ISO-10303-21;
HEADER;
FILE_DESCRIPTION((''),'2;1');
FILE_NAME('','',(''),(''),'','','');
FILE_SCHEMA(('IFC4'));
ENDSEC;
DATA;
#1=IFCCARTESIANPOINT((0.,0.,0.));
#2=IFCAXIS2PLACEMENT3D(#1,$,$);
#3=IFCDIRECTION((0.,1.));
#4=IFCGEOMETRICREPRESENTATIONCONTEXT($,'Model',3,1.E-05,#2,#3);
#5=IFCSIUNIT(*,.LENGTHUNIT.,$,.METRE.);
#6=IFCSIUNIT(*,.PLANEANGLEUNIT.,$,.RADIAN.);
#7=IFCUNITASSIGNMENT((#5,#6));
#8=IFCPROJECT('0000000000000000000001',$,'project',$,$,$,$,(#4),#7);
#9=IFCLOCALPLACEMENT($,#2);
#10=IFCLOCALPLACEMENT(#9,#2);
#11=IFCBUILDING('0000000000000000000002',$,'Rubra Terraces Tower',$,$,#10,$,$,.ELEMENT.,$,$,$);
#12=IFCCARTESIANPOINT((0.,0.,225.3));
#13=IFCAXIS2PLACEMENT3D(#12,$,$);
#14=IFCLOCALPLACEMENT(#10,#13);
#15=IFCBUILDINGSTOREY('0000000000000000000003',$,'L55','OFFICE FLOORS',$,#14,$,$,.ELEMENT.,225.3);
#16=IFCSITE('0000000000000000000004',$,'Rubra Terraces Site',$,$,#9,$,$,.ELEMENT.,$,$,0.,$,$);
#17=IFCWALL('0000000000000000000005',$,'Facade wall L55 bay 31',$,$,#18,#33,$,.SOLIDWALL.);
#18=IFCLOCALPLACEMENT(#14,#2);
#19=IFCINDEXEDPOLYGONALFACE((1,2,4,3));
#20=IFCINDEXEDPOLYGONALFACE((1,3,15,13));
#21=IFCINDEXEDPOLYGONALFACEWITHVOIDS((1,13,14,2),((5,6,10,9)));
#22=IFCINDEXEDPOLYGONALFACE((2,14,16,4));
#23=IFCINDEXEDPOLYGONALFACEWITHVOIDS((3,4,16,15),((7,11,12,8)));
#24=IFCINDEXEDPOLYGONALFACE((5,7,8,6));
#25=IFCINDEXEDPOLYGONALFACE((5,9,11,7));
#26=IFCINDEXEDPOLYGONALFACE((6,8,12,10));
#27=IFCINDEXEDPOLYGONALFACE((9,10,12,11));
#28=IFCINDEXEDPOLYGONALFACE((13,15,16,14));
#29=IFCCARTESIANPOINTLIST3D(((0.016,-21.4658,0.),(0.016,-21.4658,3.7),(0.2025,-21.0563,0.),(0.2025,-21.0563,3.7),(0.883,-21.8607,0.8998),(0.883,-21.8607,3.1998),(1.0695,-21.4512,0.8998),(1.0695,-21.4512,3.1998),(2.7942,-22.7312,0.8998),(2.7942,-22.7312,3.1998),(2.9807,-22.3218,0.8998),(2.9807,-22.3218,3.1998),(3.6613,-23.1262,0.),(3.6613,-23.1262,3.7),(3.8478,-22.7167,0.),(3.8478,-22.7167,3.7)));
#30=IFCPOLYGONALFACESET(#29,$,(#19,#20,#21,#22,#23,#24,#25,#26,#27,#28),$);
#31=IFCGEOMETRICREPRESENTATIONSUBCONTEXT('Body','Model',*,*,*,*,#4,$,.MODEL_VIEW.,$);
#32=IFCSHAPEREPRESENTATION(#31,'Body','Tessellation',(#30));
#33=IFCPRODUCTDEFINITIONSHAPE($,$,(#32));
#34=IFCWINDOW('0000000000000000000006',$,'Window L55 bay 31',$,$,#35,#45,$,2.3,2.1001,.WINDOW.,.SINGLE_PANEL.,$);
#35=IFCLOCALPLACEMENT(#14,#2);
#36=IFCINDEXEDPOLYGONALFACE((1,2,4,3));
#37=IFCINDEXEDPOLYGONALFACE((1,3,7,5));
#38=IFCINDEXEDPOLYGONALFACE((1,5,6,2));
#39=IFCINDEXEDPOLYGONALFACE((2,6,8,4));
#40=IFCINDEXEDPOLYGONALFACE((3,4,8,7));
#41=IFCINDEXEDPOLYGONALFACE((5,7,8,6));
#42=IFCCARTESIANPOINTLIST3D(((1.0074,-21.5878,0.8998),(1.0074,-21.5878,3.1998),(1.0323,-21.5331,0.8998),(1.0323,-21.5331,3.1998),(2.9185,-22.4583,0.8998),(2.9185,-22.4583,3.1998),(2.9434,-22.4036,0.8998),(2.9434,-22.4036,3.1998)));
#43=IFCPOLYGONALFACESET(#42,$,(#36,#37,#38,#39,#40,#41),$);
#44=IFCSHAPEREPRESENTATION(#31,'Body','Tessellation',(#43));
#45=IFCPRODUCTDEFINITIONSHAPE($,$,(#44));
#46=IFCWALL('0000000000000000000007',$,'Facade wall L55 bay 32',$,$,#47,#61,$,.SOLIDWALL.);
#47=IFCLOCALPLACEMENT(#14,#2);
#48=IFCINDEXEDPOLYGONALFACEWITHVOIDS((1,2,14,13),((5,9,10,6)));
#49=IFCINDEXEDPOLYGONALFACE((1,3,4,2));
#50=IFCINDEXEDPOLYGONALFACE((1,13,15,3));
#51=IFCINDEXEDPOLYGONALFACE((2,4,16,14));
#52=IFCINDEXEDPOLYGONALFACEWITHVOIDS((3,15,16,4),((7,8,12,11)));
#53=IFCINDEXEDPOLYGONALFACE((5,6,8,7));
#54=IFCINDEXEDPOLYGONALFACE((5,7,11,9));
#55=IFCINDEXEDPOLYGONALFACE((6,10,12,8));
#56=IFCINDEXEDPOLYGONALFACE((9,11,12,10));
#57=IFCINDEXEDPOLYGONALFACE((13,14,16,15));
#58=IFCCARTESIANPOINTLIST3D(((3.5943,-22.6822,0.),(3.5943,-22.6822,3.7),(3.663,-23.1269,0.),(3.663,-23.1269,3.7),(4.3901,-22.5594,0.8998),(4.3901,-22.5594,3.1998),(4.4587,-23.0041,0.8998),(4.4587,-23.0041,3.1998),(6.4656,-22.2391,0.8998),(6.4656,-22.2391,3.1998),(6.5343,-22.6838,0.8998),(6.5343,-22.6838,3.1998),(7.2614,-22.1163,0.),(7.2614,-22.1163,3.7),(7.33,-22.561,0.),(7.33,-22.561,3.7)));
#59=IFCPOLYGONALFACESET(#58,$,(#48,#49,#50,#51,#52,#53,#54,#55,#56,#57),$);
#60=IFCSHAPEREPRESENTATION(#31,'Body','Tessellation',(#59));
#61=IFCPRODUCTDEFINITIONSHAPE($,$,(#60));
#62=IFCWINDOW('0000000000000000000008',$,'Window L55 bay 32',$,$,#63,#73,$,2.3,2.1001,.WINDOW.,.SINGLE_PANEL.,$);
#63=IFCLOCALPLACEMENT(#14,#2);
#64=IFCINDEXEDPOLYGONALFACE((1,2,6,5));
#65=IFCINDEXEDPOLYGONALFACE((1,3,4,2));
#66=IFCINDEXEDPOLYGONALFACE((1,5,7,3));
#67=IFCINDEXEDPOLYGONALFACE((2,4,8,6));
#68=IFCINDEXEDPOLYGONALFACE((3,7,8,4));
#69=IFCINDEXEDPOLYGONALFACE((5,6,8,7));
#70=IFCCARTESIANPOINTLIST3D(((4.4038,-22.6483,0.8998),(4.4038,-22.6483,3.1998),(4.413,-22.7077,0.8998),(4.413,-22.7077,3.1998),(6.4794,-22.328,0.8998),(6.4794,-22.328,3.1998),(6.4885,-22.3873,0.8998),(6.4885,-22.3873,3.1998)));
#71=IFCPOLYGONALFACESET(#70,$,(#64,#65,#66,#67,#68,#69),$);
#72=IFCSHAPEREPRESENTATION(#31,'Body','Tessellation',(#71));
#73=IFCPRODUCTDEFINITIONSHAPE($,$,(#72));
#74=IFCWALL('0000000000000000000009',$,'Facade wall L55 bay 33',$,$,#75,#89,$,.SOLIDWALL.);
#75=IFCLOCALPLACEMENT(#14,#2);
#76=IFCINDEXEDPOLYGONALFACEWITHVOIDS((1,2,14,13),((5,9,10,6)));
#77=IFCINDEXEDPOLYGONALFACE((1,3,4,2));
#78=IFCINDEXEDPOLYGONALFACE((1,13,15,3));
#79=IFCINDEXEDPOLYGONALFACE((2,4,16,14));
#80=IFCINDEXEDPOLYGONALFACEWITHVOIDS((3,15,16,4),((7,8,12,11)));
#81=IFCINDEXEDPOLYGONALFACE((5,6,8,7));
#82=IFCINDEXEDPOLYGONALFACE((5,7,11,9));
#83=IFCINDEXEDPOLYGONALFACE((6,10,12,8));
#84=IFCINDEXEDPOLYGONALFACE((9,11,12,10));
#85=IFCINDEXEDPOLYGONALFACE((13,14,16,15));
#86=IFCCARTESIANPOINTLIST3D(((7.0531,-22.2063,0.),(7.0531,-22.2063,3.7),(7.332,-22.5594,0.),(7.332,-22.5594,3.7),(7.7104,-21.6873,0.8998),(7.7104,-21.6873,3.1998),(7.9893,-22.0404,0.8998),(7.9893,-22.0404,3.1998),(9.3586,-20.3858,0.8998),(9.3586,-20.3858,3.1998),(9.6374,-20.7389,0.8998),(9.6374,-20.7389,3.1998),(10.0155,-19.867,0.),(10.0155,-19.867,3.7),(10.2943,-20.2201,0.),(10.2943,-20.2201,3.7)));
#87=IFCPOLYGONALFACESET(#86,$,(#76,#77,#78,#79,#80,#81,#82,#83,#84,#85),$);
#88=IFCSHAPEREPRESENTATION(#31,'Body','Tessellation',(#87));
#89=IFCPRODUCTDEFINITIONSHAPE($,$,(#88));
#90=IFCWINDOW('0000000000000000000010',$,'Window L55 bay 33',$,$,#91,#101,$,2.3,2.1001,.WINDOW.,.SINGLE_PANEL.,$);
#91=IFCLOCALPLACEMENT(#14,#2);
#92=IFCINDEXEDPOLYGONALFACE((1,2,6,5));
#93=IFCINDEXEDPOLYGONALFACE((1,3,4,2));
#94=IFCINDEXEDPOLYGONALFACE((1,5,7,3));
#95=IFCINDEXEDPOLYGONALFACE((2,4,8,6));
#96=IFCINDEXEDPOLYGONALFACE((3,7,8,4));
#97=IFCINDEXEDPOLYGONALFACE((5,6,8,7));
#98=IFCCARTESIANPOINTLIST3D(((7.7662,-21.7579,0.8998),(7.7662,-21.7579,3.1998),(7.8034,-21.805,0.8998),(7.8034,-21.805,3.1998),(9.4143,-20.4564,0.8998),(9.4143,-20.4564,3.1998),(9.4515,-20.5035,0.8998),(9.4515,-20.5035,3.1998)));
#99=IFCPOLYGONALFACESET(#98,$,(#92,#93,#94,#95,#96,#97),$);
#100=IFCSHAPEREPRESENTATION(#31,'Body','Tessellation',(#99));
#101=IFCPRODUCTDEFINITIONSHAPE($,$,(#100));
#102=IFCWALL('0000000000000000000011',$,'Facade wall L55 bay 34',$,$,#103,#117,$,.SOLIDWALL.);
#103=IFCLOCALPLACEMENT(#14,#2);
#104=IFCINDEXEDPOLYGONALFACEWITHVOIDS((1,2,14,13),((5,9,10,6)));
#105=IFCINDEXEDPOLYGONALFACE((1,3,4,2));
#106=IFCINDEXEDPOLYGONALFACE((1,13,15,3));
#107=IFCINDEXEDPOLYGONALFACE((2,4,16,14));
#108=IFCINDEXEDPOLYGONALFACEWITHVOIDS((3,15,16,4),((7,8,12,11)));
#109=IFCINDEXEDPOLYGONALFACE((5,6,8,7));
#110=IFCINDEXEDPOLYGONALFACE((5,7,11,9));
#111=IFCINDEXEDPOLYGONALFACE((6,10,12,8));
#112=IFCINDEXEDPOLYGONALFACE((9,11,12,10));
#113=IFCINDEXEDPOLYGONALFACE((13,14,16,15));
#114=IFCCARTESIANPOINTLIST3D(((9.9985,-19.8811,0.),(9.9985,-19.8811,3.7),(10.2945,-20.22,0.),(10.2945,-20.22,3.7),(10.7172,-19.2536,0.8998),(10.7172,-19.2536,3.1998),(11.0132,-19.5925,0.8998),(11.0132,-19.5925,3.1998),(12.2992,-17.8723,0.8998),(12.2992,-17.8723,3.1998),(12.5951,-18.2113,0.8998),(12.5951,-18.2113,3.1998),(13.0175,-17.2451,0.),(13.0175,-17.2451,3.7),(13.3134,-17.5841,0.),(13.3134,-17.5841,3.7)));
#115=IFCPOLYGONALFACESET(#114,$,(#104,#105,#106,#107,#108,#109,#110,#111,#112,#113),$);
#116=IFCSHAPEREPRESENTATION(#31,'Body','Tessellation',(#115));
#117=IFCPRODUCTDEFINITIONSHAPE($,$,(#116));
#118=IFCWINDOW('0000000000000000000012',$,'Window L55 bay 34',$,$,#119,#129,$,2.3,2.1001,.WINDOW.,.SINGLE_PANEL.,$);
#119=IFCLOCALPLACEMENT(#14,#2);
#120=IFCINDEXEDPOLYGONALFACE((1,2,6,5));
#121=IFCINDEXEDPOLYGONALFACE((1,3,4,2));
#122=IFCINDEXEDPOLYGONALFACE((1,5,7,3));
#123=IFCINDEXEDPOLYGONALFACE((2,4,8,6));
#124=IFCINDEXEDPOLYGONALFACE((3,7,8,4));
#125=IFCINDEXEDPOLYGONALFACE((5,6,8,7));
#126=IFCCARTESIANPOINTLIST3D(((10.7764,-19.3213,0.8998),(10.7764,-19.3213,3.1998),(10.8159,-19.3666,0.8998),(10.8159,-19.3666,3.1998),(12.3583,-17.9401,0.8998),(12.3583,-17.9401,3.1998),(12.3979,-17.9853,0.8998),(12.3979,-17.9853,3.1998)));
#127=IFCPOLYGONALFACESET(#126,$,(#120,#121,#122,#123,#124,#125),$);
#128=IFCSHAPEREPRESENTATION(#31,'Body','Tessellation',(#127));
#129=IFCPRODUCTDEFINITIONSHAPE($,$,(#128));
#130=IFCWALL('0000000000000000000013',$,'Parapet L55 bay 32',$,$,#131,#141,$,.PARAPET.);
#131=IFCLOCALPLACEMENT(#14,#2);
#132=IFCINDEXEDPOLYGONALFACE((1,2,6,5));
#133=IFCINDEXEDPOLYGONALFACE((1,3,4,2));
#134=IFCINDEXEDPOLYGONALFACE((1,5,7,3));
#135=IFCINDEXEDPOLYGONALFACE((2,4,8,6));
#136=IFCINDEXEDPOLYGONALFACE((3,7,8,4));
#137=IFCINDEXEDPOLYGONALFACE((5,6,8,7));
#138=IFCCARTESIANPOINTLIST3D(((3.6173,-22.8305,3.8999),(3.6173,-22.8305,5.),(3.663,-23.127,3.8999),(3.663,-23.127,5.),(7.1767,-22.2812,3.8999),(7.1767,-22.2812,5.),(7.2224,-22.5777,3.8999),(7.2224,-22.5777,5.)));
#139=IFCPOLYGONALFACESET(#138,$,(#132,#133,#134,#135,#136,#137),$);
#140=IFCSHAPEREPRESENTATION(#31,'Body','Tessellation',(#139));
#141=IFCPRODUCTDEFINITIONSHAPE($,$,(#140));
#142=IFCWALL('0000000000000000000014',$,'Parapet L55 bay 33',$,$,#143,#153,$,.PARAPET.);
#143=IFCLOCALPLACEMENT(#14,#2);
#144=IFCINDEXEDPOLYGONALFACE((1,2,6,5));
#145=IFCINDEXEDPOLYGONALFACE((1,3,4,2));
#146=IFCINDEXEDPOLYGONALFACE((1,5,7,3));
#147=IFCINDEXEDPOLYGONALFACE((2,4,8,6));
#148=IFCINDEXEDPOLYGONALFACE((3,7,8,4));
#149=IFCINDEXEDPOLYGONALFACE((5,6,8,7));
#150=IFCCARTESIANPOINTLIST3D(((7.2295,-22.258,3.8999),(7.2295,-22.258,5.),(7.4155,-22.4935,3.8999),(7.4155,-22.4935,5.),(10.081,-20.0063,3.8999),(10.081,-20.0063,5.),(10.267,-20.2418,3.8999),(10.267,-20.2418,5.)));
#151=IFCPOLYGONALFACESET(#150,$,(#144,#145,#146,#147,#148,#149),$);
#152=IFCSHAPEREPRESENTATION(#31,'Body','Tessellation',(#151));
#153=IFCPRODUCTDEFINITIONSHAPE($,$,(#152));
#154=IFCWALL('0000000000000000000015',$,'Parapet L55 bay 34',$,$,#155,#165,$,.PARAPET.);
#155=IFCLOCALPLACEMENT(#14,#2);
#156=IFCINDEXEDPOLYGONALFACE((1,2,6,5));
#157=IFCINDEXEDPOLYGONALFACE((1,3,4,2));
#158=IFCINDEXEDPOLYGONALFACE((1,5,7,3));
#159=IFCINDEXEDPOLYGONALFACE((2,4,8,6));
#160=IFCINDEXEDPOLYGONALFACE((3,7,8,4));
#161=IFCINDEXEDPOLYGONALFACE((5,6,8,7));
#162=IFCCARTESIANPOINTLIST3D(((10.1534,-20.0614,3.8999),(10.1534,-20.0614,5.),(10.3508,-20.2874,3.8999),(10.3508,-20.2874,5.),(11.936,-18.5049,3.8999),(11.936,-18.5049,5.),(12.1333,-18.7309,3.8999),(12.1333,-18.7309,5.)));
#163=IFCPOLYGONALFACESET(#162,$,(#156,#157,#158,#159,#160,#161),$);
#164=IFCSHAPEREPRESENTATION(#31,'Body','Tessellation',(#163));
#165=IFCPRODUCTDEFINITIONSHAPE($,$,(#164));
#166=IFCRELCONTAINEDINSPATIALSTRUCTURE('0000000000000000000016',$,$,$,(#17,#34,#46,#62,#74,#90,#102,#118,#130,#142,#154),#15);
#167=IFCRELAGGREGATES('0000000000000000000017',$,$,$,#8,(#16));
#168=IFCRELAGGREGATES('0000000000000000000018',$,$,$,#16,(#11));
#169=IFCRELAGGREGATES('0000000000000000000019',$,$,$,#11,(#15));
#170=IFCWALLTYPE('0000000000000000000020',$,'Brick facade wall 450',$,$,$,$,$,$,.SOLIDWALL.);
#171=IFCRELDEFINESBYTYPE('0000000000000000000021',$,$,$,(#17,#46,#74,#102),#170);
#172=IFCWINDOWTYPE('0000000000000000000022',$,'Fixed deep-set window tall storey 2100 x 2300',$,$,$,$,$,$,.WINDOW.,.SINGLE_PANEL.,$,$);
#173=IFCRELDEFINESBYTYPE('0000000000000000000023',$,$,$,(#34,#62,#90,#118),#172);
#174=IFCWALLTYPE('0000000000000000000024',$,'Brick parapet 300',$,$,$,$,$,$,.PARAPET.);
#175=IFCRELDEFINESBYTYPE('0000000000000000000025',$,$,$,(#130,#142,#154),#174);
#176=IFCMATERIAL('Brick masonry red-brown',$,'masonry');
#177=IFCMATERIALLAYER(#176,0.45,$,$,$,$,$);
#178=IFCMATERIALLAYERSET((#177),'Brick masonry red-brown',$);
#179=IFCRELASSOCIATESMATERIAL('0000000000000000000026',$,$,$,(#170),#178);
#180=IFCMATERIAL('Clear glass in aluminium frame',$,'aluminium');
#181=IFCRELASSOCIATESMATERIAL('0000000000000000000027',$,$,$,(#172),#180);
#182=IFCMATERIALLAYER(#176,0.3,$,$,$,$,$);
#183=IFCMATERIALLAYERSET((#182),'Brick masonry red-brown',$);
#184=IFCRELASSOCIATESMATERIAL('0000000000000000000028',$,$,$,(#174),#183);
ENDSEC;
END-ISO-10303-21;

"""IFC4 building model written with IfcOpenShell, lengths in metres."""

from ifc_helpers import new_model, si_unit, direction, frame, frame_2d, origin, place, context, subcontext, project, spatial, rectangle, extrude, material, layer, layer_set, type_object, element, fill, save


model = new_model("IFC4")

# Units and contexts
model_context = context("Model", 3, precision=1e-05, world=origin(), true_north=direction((0.0, 1.0)))
body_context = subcontext(model_context, "Body", "Model", "MODEL_VIEW")
ifc_project = project(units=[si_unit("LENGTHUNIT", "METRE"), si_unit("PLANEANGLEUNIT", "RADIAN")], contexts=[model_context])

# Site, building, storey
site_placement = place(None, origin())
site = spatial("IfcSite", under=ifc_project, at=site_placement, Name="Rubra Terraces Site", CompositionType="ELEMENT", RefElevation=0.0)
building_placement = place(site_placement, origin())
building = spatial("IfcBuilding", under=site, at=building_placement, Name="Rubra Terraces Tower", CompositionType="ELEMENT")
storey_placement = place(building_placement, frame((0.0, 0.0, 225.3)))
storey = spatial("IfcBuildingStorey", under=building, at=storey_placement, Name="L55", Description="OFFICE FLOORS", CompositionType="ELEMENT", Elevation=225.3)

# Walls, openings, windows
ifc_material_1 = material(Name="Brick masonry red-brown", Category="masonry")
ifc_layer_1 = layer(ifc_material_1, 0.45)
ifc_layer_set_1 = layer_set([ifc_layer_1], Name="Brick masonry red-brown")
wall_type_1 = type_object("IfcWallType", Name="Brick facade wall 450", PredefinedType="SOLIDWALL", material=ifc_layer_set_1)
wall_1_placement = place(storey_placement, frame((0.1091, -21.261, 0.0), z_axis=(0.0, 0.0, 1.0), x_axis=(0.910041, -0.414519, 0.0)))
wall_1 = element("IfcWall", 1, at=wall_1_placement, inside=storey, type_object=wall_type_1, Name="Facade wall L55 bay 31", PredefinedType="SOLIDWALL", context=body_context, shape_type="SweptSolid", body=[
    extrude(rectangle(XDim=4.0056, YDim=0.45, at=frame_2d((2.0029, 0.0))), origin(), (0.0, 0.0, 1.0), 3.7),
])
opening_1_placement = place(wall_1_placement, frame((0.9529, 0.0, 0.8999)))
opening_1 = element("IfcOpeningElement", 2, at=opening_1_placement, cuts=wall_1, PredefinedType="OPENING", context=body_context, shape_type="SweptSolid", body=[
    extrude(rectangle(XDim=2.1001, YDim=2.3, at=frame_2d((1.05, 1.1499))), frame((0.0, 0.2349, 0.0), z_axis=(0.0, -1.0, 0.0), x_axis=(1.0, 0.0, 0.0)), (0.0, 0.0, 1.0), 0.47),
])
ifc_material_2 = material(Name="Clear glass in aluminium frame", Category="aluminium")
window_type = type_object("IfcWindowType", Name="Fixed deep-set window tall storey 2100 x 2300", PartitioningType="SINGLE_PANEL", PredefinedType="WINDOW", material=ifc_material_2)
window_1_placement = place(opening_1_placement, origin())
window_1 = element("IfcWindow", 3, at=window_1_placement, inside=storey, type_object=window_type, Name="Window L55 bay 31", OverallHeight=2.3, OverallWidth=2.1001, PartitioningType="SINGLE_PANEL", PredefinedType="WINDOW", context=body_context, shape_type="SweptSolid", body=[
    extrude(rectangle(XDim=2.1001, YDim=2.3, at=frame_2d((1.05, 1.1499))), frame((0.0, 0.135, 0.0), z_axis=(0.0, -1.0, 0.0), x_axis=(1.0, 0.0, 0.0)), (0.0, 0.0, 1.0), 0.0601),
])
fill(opening_1, window_1)
wall_2_placement = place(storey_placement, frame((3.6287, -22.9045, 0.0), z_axis=(0.0, 0.0, 1.0), x_axis=(0.9883, 0.152522, 0.0)))
wall_2 = element("IfcWall", 4, at=wall_2_placement, inside=storey, type_object=wall_type_1, Name="Facade wall L55 bay 32", PredefinedType="SOLIDWALL", context=body_context, shape_type="SweptSolid", body=[
    extrude(rectangle(XDim=3.7104, YDim=0.45, at=frame_2d((1.8552, 0.0))), origin(), (0.0, 0.0, 1.0), 3.7),
])
opening_2_placement = place(wall_2_placement, frame((0.8052, 0.0, 0.8999)))
opening_2 = element("IfcOpeningElement", 5, at=opening_2_placement, cuts=wall_2, PredefinedType="OPENING", context=body_context, shape_type="SweptSolid", body=[
    extrude(rectangle(XDim=2.1001, YDim=2.3, at=frame_2d((1.05, 1.1499))), frame((0.0, 0.2349, 0.0), z_axis=(0.0, -1.0, 0.0), x_axis=(1.0, 0.0, 0.0)), (0.0, 0.0, 1.0), 0.47),
])
window_2_placement = place(opening_2_placement, origin())
window_2 = element("IfcWindow", 6, at=window_2_placement, inside=storey, type_object=window_type, Name="Window L55 bay 32", OverallHeight=2.3, OverallWidth=2.1001, PartitioningType="SINGLE_PANEL", PredefinedType="WINDOW", context=body_context, shape_type="SweptSolid", body=[
    extrude(rectangle(XDim=2.1001, YDim=2.3, at=frame_2d((1.05, 1.1499))), frame((0.0, 0.135, 0.0), z_axis=(0.0, -1.0, 0.0), x_axis=(1.0, 0.0, 0.0)), (0.0, 0.0, 1.0), 0.0601),
])
fill(opening_2, window_2)
wall_3_placement = place(storey_placement, frame((7.1926, -22.3828, 0.0), z_axis=(0.0, 0.0, 1.0), x_axis=(0.784803, 0.619745, 0.0)))
wall_3 = element("IfcWall", 7, at=wall_3_placement, inside=storey, type_object=wall_type_1, Name="Facade wall L55 bay 33", PredefinedType="SOLIDWALL", context=body_context, shape_type="SweptSolid", body=[
    extrude(rectangle(XDim=3.7747, YDim=0.45, at=frame_2d((1.8872, 0.0))), origin(), (0.0, 0.0, 1.0), 3.7),
])
opening_3_placement = place(wall_3_placement, frame((0.8374, 0.0, 0.8999)))
opening_3 = element("IfcOpeningElement", 8, at=opening_3_placement, cuts=wall_3, PredefinedType="OPENING", context=body_context, shape_type="SweptSolid", body=[
    extrude(rectangle(XDim=2.1001, YDim=2.3, at=frame_2d((1.05, 1.1499))), frame((0.0, 0.2349, 0.0), z_axis=(0.0, -1.0, 0.0), x_axis=(1.0, 0.0, 0.0)), (0.0, 0.0, 1.0), 0.47),
])
window_3_placement = place(opening_3_placement, origin())
window_3 = element("IfcWindow", 9, at=window_3_placement, inside=storey, type_object=window_type, Name="Window L55 bay 33", OverallHeight=2.3, OverallWidth=2.1001, PartitioningType="SINGLE_PANEL", PredefinedType="WINDOW", context=body_context, shape_type="SweptSolid", body=[
    extrude(rectangle(XDim=2.1001, YDim=2.3, at=frame_2d((1.05, 1.1499))), frame((0.0, 0.135, 0.0), z_axis=(0.0, -1.0, 0.0), x_axis=(1.0, 0.0, 0.0)), (0.0, 0.0, 1.0), 0.0601),
])
fill(opening_3, window_3)
wall_4_placement = place(storey_placement, frame((10.1465, -20.0505, 0.0), z_axis=(0.0, 0.0, 1.0), x_axis=(0.753278, 0.657702, 0.0)))
wall_4 = element("IfcWall", 10, at=wall_4_placement, inside=storey, type_object=wall_type_1, Name="Facade wall L55 bay 34", PredefinedType="SOLIDWALL", context=body_context, shape_type="SweptSolid", body=[
    extrude(rectangle(XDim=4.0078, YDim=0.45, at=frame_2d((2.0039, 0.0))), origin(), (0.0, 0.0, 1.0), 3.7),
])
opening_4_placement = place(wall_4_placement, frame((0.9541, 0.0, 0.8999)))
opening_4 = element("IfcOpeningElement", 11, at=opening_4_placement, cuts=wall_4, PredefinedType="OPENING", context=body_context, shape_type="SweptSolid", body=[
    extrude(rectangle(XDim=2.1001, YDim=2.3, at=frame_2d((1.05, 1.1499))), frame((0.0, 0.2349, 0.0), z_axis=(0.0, -1.0, 0.0), x_axis=(1.0, 0.0, 0.0)), (0.0, 0.0, 1.0), 0.47),
])
window_4_placement = place(opening_4_placement, origin())
window_4 = element("IfcWindow", 12, at=window_4_placement, inside=storey, type_object=window_type, Name="Window L55 bay 34", OverallHeight=2.3, OverallWidth=2.1001, PartitioningType="SINGLE_PANEL", PredefinedType="WINDOW", context=body_context, shape_type="SweptSolid", body=[
    extrude(rectangle(XDim=2.1001, YDim=2.3, at=frame_2d((1.05, 1.1499))), frame((0.0, 0.135, 0.0), z_axis=(0.0, -1.0, 0.0), x_axis=(1.0, 0.0, 0.0)), (0.0, 0.0, 1.0), 0.0601),
])
fill(opening_4, window_4)

# Walls
ifc_layer_2 = layer(ifc_material_1, 0.3)
ifc_layer_set_2 = layer_set([ifc_layer_2], Name="Brick masonry red-brown")
wall_type_2 = type_object("IfcWallType", Name="Brick parapet 300", PredefinedType="PARAPET", material=ifc_layer_set_2)
wall_5_placement = place(storey_placement, frame((3.6401, -22.9788, 3.8999), z_axis=(0.0, 0.0, 1.0), x_axis=(0.988299, 0.152526, 0.0)))
element("IfcWall", 13, at=wall_5_placement, inside=storey, type_object=wall_type_2, Name="Parapet L55 bay 32", PredefinedType="PARAPET", context=body_context, shape_type="SweptSolid", body=[
    extrude(rectangle(XDim=3.6016, YDim=0.3, at=frame_2d((1.8008, 0.0))), origin(), (0.0, 0.0, 1.0), 1.1001),
])
wall_6_placement = place(storey_placement, frame((7.3225, -22.3757, 3.8999), z_axis=(0.0, 0.0, 1.0), x_axis=(0.784819, 0.619725, 0.0)))
element("IfcWall", 14, at=wall_6_placement, inside=storey, type_object=wall_type_2, Name="Parapet L55 bay 33", PredefinedType="PARAPET", context=body_context, shape_type="SweptSolid", body=[
    extrude(rectangle(XDim=3.6333, YDim=0.3, at=frame_2d((1.8167, 0.0))), origin(), (0.0, 0.0, 1.0), 1.1001),
])
wall_7_placement = place(storey_placement, frame((10.2522, -20.1743, 3.8999), z_axis=(0.0, 0.0, 1.0), x_axis=(0.75326, 0.657723, 0.0)))
element("IfcWall", 15, at=wall_7_placement, inside=storey, type_object=wall_type_2, Name="Parapet L55 bay 34", PredefinedType="PARAPET", context=body_context, shape_type="SweptSolid", body=[
    extrude(rectangle(XDim=2.3665, YDim=0.3, at=frame_2d((1.1831, 0.0))), origin(), (0.0, 0.0, 1.0), 1.1001),
])

save(model, "model.ifc")
